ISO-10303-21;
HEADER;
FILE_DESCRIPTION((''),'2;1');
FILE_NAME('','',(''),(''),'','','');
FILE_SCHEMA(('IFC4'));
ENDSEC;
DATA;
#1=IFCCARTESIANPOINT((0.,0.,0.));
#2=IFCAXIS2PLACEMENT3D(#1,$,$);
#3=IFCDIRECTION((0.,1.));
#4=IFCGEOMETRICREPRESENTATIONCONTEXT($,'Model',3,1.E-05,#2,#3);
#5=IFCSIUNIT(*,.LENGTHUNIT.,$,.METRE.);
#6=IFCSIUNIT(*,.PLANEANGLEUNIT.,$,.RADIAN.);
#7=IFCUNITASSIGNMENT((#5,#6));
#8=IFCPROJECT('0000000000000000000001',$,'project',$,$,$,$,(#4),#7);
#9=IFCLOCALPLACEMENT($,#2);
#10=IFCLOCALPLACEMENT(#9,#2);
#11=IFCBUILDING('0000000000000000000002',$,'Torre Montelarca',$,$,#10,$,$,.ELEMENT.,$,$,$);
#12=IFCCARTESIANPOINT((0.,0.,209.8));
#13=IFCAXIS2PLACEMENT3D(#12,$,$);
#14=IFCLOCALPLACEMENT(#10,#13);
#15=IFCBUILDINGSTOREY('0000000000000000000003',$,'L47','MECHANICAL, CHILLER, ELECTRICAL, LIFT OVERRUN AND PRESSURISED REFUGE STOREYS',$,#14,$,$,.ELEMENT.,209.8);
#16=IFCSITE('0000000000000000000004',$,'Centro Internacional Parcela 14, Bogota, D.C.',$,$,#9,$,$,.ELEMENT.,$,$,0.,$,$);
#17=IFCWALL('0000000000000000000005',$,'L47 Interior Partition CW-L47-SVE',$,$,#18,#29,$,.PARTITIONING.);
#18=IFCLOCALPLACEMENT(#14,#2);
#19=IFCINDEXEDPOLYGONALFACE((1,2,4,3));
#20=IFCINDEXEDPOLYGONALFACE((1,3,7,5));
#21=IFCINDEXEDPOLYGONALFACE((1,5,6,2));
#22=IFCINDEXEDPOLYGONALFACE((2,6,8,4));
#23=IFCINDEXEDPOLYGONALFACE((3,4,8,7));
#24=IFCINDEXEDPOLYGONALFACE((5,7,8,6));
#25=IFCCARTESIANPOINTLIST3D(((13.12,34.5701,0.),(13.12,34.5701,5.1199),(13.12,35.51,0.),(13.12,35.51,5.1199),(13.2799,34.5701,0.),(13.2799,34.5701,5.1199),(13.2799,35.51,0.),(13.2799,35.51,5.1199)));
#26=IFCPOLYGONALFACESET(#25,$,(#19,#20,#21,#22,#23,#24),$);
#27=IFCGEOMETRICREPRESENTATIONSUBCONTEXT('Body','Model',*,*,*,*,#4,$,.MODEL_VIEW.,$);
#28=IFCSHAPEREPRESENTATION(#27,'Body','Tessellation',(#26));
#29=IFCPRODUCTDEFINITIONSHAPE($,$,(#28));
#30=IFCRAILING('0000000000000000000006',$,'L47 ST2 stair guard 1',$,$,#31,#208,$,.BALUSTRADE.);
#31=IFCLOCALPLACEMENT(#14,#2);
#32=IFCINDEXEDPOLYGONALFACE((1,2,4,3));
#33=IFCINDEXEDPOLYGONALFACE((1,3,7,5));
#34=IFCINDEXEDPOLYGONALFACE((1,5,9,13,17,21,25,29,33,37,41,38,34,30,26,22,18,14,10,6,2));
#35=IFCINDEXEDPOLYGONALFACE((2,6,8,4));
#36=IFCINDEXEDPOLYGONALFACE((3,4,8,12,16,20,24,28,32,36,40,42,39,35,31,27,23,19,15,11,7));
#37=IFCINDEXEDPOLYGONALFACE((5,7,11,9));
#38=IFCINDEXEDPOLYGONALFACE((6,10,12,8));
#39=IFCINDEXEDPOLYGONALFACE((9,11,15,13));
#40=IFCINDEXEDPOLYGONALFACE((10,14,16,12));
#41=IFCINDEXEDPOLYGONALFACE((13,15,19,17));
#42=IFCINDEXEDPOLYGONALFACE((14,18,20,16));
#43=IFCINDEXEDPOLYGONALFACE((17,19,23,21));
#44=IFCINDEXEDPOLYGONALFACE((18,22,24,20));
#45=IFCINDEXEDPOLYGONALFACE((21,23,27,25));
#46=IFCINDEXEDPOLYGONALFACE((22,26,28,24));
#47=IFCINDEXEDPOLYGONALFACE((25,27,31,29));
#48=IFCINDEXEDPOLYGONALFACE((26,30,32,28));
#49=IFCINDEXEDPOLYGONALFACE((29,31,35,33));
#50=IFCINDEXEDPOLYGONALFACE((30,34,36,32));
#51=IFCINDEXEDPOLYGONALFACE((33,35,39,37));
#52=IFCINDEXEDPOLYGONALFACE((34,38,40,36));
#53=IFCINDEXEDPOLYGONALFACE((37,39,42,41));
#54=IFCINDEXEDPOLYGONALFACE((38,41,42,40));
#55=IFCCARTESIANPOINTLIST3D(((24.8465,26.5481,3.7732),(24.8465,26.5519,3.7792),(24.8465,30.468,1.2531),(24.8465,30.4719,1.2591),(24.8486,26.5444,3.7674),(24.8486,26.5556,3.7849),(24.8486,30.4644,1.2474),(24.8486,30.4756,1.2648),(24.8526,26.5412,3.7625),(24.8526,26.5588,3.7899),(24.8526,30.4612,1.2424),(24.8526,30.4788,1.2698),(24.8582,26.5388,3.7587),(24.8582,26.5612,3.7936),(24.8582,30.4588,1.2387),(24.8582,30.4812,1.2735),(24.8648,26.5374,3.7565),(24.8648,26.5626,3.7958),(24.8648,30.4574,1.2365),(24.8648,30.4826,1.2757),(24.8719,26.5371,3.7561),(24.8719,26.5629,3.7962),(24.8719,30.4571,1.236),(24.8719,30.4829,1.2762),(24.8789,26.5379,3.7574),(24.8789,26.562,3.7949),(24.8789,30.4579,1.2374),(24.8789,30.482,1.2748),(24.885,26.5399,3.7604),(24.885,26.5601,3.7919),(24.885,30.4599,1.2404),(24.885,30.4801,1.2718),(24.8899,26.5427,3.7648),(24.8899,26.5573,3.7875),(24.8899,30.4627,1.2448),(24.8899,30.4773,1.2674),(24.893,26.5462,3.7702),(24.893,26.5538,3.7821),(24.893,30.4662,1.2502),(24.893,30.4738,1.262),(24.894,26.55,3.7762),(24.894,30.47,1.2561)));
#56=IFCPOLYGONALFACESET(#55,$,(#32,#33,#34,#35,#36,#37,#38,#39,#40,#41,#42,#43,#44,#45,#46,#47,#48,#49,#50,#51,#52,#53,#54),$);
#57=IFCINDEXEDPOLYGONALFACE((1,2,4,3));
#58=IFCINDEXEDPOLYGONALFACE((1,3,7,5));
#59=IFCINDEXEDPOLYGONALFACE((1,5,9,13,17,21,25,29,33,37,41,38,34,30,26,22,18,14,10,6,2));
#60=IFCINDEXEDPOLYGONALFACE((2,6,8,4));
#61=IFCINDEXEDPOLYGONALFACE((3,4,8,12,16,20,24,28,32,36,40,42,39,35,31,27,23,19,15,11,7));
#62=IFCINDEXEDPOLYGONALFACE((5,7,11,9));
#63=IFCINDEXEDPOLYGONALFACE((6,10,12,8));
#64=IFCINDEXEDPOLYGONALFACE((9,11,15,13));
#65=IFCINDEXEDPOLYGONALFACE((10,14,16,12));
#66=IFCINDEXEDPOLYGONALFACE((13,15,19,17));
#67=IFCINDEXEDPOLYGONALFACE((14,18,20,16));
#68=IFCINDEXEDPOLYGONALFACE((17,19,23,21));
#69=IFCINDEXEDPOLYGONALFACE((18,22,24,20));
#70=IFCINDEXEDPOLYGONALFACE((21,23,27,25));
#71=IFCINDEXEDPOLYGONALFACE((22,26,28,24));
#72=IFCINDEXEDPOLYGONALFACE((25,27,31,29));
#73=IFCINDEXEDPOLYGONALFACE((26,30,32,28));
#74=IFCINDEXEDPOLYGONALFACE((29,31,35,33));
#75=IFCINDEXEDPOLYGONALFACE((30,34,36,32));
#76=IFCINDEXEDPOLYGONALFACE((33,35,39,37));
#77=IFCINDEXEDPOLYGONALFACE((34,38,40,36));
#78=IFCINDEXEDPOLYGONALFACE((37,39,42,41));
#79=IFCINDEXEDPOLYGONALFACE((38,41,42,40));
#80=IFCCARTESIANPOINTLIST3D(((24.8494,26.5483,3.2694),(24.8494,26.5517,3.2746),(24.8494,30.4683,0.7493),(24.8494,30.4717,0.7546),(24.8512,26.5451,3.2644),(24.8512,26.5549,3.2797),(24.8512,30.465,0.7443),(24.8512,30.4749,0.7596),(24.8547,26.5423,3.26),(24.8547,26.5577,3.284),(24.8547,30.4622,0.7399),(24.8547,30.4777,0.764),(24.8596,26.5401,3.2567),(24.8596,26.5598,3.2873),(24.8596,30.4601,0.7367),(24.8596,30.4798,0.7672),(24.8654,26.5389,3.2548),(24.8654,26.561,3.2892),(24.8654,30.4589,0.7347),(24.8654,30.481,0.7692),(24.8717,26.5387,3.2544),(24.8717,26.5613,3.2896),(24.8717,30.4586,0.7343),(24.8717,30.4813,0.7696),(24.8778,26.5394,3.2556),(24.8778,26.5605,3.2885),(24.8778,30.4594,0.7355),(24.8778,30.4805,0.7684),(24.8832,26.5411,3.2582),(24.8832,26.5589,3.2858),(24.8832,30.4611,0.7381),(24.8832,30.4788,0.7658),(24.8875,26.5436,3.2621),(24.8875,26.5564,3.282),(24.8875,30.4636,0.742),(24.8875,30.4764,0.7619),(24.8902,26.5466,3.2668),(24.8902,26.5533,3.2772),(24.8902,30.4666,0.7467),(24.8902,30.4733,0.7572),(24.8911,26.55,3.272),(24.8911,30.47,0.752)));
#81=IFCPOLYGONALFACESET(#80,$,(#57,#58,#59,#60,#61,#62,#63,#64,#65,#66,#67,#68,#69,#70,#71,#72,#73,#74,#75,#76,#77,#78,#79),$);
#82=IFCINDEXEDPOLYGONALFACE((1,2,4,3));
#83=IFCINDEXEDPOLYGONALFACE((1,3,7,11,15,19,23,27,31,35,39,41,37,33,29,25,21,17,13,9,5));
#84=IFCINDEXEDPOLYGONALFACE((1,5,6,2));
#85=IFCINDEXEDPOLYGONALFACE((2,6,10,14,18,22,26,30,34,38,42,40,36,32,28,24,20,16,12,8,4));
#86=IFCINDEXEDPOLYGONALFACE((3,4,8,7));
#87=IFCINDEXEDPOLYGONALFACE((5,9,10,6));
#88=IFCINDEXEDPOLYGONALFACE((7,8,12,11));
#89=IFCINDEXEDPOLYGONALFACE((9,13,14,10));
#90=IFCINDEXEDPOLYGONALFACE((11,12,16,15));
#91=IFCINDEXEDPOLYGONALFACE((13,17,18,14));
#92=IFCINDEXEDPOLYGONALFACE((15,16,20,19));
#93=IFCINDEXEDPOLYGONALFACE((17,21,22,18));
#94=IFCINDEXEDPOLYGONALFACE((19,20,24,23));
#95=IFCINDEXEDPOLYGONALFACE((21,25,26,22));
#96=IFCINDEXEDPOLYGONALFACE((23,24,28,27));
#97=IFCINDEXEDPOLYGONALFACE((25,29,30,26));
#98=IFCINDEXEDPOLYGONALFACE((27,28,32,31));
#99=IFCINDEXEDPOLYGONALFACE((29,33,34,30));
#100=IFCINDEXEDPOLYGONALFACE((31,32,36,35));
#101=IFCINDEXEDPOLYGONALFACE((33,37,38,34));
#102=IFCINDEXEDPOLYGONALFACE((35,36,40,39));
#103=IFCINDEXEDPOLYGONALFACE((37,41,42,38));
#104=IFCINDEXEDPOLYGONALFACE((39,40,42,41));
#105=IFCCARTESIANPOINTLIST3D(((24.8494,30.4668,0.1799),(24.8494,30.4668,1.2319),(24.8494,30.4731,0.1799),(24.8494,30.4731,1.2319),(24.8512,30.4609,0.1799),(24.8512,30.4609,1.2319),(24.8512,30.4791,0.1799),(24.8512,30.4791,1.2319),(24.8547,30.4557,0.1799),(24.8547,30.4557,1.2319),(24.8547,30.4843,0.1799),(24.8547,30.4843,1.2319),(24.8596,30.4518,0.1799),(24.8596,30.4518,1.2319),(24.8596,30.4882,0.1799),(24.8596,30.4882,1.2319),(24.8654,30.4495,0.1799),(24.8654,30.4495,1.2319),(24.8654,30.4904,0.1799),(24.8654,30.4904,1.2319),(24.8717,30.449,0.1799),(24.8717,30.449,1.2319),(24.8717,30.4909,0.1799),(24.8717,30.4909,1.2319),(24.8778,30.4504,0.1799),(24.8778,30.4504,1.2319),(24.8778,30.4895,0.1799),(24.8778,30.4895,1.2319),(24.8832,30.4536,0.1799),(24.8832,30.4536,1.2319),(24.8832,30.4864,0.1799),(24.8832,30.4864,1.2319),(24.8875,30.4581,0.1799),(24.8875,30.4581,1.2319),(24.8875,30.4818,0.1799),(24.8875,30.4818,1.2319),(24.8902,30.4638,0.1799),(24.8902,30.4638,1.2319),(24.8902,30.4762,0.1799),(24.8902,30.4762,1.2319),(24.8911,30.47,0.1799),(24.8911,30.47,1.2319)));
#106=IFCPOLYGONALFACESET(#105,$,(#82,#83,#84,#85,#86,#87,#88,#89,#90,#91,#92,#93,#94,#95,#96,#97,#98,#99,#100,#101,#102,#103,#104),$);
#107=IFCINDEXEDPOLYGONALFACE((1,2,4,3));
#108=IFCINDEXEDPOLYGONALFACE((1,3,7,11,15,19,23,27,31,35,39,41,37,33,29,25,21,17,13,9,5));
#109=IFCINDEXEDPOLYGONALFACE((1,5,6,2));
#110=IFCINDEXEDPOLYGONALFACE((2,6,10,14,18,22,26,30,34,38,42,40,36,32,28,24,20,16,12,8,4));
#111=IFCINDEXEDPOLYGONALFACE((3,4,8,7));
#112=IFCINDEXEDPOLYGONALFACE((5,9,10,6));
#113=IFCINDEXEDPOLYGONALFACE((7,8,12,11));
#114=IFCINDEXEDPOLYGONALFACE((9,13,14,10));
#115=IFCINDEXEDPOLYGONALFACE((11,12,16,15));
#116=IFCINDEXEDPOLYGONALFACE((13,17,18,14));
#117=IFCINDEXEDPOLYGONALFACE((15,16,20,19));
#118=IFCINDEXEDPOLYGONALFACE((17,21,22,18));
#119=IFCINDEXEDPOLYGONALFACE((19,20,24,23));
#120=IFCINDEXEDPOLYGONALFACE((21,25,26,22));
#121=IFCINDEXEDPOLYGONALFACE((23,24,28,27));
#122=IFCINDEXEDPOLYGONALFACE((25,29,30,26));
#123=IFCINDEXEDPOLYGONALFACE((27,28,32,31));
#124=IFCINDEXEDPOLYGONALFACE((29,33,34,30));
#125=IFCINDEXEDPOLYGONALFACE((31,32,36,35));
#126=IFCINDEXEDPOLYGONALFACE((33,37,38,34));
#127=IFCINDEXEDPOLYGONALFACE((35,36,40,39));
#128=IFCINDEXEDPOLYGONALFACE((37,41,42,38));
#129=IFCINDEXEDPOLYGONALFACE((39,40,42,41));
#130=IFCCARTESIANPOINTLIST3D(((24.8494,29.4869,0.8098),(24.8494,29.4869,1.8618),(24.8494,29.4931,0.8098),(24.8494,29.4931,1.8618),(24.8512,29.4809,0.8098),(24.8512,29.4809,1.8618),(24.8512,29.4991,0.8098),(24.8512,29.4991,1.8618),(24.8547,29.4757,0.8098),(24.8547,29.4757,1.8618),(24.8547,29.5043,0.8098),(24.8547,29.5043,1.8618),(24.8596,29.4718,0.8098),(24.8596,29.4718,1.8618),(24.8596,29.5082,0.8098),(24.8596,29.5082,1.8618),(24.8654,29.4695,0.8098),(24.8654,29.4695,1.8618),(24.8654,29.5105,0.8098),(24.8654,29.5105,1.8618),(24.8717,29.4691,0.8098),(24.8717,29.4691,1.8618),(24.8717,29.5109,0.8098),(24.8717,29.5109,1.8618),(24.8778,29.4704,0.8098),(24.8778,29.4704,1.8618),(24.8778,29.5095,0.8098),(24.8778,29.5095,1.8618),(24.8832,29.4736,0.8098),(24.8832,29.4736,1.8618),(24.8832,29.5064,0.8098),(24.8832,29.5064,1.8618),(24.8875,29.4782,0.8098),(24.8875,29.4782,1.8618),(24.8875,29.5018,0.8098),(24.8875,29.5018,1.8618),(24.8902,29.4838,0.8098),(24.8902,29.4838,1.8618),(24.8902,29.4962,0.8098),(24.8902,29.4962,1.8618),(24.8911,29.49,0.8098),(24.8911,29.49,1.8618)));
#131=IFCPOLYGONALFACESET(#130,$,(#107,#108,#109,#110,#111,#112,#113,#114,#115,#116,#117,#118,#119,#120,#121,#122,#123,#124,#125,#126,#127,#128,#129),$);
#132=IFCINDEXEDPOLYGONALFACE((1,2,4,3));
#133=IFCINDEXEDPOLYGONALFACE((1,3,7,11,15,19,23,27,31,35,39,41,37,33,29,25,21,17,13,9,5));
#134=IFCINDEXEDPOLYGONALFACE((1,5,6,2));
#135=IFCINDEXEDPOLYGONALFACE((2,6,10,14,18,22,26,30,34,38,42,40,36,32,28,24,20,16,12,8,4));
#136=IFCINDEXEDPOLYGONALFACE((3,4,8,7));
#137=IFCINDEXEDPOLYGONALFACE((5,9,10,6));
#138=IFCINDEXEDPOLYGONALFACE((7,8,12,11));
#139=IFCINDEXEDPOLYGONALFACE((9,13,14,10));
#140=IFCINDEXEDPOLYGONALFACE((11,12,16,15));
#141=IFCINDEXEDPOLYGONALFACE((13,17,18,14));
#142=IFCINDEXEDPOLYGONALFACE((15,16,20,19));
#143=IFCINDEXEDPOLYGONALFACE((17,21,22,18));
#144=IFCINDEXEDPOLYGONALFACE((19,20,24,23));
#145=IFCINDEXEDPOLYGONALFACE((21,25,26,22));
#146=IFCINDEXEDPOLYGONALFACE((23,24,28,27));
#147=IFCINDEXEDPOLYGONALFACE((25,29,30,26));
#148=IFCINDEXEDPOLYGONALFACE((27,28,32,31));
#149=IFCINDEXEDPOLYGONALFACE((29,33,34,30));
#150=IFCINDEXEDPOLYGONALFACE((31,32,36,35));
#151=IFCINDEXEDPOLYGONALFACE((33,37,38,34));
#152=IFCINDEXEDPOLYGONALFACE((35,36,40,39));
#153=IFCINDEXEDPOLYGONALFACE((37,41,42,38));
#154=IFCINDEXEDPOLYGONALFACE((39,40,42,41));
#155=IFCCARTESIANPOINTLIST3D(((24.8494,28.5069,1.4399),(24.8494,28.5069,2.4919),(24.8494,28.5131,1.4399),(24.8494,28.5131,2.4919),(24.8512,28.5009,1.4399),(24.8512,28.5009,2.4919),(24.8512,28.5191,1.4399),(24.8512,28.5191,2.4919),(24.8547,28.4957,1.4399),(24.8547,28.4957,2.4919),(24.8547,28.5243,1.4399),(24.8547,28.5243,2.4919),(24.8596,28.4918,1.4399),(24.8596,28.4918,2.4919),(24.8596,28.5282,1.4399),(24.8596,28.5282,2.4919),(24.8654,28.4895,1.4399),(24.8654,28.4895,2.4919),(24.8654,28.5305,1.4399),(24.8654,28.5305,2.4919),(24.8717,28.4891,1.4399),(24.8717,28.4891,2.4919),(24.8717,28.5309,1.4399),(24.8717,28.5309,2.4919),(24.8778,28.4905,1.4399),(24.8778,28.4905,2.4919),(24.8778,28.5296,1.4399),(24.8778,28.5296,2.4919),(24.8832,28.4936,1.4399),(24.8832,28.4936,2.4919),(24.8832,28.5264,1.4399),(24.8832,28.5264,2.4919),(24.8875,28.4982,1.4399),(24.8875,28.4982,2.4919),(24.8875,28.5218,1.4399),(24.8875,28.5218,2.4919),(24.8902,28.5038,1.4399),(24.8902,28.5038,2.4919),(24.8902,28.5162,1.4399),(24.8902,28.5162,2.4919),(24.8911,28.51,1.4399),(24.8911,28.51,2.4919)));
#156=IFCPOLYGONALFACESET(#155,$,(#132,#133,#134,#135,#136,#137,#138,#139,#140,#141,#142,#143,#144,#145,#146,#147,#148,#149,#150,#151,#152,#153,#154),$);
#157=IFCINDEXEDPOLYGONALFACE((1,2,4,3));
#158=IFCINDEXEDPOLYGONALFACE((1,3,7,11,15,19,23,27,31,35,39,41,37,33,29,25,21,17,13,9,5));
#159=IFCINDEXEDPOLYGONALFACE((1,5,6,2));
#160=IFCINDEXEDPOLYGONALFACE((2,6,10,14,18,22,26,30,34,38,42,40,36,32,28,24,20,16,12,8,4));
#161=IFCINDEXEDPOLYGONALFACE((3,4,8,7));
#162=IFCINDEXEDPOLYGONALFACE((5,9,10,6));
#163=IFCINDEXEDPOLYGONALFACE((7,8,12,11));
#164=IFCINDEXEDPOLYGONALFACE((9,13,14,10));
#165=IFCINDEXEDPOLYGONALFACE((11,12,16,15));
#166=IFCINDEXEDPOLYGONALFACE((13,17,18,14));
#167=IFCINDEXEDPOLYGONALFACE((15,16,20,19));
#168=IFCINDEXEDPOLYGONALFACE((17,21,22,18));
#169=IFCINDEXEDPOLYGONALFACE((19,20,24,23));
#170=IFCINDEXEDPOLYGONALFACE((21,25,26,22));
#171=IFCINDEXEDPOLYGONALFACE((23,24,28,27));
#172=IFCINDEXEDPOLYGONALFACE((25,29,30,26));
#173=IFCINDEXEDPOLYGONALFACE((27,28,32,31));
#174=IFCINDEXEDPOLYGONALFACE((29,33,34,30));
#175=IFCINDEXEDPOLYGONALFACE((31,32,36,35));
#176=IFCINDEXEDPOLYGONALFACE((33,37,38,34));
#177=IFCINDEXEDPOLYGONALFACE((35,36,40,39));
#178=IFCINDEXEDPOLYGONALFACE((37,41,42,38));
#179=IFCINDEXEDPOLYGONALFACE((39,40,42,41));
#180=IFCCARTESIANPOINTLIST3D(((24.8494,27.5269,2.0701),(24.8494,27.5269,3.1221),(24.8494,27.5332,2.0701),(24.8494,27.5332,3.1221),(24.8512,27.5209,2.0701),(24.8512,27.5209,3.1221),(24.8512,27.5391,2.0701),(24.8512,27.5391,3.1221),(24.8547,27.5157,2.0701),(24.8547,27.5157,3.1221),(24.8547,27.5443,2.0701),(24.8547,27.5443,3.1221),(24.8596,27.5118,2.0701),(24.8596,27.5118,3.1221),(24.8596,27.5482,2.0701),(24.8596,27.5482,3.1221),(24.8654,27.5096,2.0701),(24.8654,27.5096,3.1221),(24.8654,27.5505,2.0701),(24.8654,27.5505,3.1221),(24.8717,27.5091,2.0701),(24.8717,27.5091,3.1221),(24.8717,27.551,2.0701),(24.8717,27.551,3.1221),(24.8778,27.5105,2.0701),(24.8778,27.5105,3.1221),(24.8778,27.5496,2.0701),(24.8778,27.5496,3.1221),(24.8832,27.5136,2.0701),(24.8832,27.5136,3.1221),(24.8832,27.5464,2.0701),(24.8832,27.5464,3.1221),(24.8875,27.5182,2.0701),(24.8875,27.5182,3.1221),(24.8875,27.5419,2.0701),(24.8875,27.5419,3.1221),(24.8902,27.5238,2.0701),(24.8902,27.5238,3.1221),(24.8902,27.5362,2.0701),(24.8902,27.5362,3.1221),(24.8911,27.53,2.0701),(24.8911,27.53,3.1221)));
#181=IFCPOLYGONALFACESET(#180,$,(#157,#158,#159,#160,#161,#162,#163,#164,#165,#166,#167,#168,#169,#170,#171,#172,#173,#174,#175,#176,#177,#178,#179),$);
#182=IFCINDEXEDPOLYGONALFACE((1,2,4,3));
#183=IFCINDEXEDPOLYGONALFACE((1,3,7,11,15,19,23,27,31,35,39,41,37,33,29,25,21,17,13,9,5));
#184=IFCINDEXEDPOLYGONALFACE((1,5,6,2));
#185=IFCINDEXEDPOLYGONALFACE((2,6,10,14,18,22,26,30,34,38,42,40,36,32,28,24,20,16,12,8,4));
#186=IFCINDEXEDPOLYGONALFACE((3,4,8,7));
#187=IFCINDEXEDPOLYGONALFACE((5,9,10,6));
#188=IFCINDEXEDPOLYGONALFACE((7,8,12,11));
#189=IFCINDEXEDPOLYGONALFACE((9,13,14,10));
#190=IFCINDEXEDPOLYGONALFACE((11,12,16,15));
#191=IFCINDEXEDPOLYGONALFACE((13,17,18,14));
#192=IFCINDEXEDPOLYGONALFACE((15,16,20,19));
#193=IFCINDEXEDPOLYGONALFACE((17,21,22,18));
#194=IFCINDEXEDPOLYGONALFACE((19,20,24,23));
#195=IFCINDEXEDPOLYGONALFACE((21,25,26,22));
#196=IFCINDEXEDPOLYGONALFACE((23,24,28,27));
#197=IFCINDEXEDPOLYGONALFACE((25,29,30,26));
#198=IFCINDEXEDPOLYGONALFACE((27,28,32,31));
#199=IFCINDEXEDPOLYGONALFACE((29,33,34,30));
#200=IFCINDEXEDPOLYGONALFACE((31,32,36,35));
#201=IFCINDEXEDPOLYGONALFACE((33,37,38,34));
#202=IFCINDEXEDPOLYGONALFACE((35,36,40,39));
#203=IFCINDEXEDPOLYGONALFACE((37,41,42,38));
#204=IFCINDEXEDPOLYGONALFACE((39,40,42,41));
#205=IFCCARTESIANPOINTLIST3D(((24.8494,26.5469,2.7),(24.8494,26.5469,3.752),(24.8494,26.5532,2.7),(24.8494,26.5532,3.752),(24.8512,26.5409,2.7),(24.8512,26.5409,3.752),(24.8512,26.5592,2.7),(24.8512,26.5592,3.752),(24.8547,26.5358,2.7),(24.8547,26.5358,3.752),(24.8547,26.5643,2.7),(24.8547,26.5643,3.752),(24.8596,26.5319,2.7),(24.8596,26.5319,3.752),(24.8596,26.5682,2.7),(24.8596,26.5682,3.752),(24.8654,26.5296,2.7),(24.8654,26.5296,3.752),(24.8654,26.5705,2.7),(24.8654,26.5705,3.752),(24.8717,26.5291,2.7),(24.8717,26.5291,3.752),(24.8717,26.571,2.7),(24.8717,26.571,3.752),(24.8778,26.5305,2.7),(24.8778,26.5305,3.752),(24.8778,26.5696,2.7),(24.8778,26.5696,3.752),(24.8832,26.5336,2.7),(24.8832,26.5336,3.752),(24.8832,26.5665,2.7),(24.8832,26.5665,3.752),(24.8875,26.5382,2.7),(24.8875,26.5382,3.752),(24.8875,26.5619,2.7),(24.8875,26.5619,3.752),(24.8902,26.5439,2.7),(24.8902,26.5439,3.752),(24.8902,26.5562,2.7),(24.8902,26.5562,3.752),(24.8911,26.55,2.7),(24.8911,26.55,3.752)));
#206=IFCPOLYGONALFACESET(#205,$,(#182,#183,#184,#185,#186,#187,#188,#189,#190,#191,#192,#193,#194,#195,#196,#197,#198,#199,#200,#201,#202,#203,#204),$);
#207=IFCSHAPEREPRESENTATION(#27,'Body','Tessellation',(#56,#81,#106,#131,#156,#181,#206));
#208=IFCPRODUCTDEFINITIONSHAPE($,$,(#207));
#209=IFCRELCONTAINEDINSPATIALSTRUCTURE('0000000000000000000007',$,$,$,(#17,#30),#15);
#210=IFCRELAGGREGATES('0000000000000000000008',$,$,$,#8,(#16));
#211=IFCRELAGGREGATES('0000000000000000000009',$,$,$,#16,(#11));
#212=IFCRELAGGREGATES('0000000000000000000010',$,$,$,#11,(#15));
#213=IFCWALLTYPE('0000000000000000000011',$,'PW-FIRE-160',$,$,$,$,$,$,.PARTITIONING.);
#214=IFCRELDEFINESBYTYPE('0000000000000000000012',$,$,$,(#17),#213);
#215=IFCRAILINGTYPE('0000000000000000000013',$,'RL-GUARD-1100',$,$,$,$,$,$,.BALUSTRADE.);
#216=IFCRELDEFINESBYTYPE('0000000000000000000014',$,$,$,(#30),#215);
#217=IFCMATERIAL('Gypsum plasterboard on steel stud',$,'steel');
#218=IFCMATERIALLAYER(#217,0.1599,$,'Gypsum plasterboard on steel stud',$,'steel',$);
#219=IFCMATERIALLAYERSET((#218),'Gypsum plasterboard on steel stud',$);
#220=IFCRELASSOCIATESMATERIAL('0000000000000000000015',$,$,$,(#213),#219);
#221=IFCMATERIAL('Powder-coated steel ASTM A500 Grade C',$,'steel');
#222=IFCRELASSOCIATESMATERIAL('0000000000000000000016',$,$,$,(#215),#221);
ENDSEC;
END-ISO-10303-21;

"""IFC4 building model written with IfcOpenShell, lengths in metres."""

from ifc_helpers import new_model, si_unit, direction, frame, frame_2d, origin, origin_2d, place, context, subcontext, project, spatial, rectangle, circle, extrude, material, layer, layer_set, type_object, element, save


model = new_model("IFC4")

# Units and contexts
model_context = context("Model", 3, precision=1e-05, world=origin(), true_north=direction((0.0, 1.0)))
body_context = subcontext(model_context, "Body", "Model", "MODEL_VIEW")
ifc_project = project(units=[si_unit("LENGTHUNIT", "METRE"), si_unit("PLANEANGLEUNIT", "RADIAN")], contexts=[model_context])

# Site, building, storey
site_placement = place(None, origin())
site = spatial("IfcSite", under=ifc_project, at=site_placement, Name="Centro Internacional Parcela 14, Bogota, D.C.", CompositionType="ELEMENT", RefElevation=0.0)
building_placement = place(site_placement, origin())
building = spatial("IfcBuilding", under=site, at=building_placement, Name="Torre Montelarca", CompositionType="ELEMENT")
storey_placement = place(building_placement, frame((0.0, 0.0, 209.8)))
storey = spatial("IfcBuildingStorey", under=building, at=storey_placement, Name="L47", Description="MECHANICAL, CHILLER, ELECTRICAL, LIFT OVERRUN AND PRESSURISED REFUGE STOREYS", CompositionType="ELEMENT", Elevation=209.8)

# Wall
ifc_material_1 = material(Name="Gypsum plasterboard on steel stud", Category="steel")
ifc_layer_1 = layer(ifc_material_1, 0.1599, Name="Gypsum plasterboard on steel stud", Category="steel")
ifc_layer_set_1 = layer_set([ifc_layer_1], Name="Gypsum plasterboard on steel stud")
wall_type_1 = type_object("IfcWallType", Name="PW-FIRE-160", PredefinedType="PARTITIONING", material=ifc_layer_set_1)
wall_1_placement = place(storey_placement, frame((13.2, 34.5701, 0.0), z_axis=(0.0, 0.0, 1.0), x_axis=(0.0, 1.0, 0.0)))
element("IfcWall", 1, at=wall_1_placement, inside=storey, type_object=wall_type_1, Name="L47 Interior Partition CW-L47-SVE", PredefinedType="PARTITIONING", context=body_context, shape_type="SweptSolid", body=[
    extrude(rectangle(XDim=0.9399, YDim=0.1599, at=frame_2d((0.47, 0.0))), origin(), (0.0, 0.0, 1.0), 5.1199),
])

# Railing
ifc_material_2 = material(Name="Powder-coated steel ASTM A500 Grade C", Category="steel")
railing_type = type_object("IfcRailingType", Name="RL-GUARD-1100", PredefinedType="BALUSTRADE", material=ifc_material_2)
railing_1_placement = place(storey_placement, frame((24.8701, 30.47, 0.1799)))
element("IfcRailing", 2, at=railing_1_placement, inside=storey, type_object=railing_type, Name="L47 ST2 stair guard 1", PredefinedType="BALUSTRADE", context=body_context, shape_type="SweptSolid", body=[
    extrude(circle(Radius=0.0239, at=origin_2d()), frame((0.0, 0.0, 1.0762), z_axis=(0.0, -0.841172, 0.540768), x_axis=(1.0, 0.0, 0.0)), (0.0, 0.0, 1.0), 4.6602),
    extrude(circle(Radius=0.021, at=origin_2d()), frame((0.0, 0.0, 0.572), z_axis=(0.0, -0.841172, 0.540768), x_axis=(1.0, 0.0, 0.0)), (0.0, 0.0, 1.0), 4.6602),
    extrude(circle(Radius=0.021, at=origin_2d()), origin(), (0.0, 0.0, 1.0), 1.052),
    extrude(circle(Radius=0.021, at=origin_2d()), frame((0.0, -0.98, 0.6299)), (0.0, 0.0, 1.0), 1.052),
    extrude(circle(Radius=0.021, at=origin_2d()), frame((0.0, -1.96, 1.26)), (0.0, 0.0, 1.0), 1.052),
    extrude(circle(Radius=0.021, at=origin_2d()), frame((0.0, -2.9399, 1.8901)), (0.0, 0.0, 1.0), 1.052),
    extrude(circle(Radius=0.021, at=origin_2d()), frame((0.0, -3.9199, 2.52)), (0.0, 0.0, 1.0), 1.052),
])

save(model, "model.ifc")
